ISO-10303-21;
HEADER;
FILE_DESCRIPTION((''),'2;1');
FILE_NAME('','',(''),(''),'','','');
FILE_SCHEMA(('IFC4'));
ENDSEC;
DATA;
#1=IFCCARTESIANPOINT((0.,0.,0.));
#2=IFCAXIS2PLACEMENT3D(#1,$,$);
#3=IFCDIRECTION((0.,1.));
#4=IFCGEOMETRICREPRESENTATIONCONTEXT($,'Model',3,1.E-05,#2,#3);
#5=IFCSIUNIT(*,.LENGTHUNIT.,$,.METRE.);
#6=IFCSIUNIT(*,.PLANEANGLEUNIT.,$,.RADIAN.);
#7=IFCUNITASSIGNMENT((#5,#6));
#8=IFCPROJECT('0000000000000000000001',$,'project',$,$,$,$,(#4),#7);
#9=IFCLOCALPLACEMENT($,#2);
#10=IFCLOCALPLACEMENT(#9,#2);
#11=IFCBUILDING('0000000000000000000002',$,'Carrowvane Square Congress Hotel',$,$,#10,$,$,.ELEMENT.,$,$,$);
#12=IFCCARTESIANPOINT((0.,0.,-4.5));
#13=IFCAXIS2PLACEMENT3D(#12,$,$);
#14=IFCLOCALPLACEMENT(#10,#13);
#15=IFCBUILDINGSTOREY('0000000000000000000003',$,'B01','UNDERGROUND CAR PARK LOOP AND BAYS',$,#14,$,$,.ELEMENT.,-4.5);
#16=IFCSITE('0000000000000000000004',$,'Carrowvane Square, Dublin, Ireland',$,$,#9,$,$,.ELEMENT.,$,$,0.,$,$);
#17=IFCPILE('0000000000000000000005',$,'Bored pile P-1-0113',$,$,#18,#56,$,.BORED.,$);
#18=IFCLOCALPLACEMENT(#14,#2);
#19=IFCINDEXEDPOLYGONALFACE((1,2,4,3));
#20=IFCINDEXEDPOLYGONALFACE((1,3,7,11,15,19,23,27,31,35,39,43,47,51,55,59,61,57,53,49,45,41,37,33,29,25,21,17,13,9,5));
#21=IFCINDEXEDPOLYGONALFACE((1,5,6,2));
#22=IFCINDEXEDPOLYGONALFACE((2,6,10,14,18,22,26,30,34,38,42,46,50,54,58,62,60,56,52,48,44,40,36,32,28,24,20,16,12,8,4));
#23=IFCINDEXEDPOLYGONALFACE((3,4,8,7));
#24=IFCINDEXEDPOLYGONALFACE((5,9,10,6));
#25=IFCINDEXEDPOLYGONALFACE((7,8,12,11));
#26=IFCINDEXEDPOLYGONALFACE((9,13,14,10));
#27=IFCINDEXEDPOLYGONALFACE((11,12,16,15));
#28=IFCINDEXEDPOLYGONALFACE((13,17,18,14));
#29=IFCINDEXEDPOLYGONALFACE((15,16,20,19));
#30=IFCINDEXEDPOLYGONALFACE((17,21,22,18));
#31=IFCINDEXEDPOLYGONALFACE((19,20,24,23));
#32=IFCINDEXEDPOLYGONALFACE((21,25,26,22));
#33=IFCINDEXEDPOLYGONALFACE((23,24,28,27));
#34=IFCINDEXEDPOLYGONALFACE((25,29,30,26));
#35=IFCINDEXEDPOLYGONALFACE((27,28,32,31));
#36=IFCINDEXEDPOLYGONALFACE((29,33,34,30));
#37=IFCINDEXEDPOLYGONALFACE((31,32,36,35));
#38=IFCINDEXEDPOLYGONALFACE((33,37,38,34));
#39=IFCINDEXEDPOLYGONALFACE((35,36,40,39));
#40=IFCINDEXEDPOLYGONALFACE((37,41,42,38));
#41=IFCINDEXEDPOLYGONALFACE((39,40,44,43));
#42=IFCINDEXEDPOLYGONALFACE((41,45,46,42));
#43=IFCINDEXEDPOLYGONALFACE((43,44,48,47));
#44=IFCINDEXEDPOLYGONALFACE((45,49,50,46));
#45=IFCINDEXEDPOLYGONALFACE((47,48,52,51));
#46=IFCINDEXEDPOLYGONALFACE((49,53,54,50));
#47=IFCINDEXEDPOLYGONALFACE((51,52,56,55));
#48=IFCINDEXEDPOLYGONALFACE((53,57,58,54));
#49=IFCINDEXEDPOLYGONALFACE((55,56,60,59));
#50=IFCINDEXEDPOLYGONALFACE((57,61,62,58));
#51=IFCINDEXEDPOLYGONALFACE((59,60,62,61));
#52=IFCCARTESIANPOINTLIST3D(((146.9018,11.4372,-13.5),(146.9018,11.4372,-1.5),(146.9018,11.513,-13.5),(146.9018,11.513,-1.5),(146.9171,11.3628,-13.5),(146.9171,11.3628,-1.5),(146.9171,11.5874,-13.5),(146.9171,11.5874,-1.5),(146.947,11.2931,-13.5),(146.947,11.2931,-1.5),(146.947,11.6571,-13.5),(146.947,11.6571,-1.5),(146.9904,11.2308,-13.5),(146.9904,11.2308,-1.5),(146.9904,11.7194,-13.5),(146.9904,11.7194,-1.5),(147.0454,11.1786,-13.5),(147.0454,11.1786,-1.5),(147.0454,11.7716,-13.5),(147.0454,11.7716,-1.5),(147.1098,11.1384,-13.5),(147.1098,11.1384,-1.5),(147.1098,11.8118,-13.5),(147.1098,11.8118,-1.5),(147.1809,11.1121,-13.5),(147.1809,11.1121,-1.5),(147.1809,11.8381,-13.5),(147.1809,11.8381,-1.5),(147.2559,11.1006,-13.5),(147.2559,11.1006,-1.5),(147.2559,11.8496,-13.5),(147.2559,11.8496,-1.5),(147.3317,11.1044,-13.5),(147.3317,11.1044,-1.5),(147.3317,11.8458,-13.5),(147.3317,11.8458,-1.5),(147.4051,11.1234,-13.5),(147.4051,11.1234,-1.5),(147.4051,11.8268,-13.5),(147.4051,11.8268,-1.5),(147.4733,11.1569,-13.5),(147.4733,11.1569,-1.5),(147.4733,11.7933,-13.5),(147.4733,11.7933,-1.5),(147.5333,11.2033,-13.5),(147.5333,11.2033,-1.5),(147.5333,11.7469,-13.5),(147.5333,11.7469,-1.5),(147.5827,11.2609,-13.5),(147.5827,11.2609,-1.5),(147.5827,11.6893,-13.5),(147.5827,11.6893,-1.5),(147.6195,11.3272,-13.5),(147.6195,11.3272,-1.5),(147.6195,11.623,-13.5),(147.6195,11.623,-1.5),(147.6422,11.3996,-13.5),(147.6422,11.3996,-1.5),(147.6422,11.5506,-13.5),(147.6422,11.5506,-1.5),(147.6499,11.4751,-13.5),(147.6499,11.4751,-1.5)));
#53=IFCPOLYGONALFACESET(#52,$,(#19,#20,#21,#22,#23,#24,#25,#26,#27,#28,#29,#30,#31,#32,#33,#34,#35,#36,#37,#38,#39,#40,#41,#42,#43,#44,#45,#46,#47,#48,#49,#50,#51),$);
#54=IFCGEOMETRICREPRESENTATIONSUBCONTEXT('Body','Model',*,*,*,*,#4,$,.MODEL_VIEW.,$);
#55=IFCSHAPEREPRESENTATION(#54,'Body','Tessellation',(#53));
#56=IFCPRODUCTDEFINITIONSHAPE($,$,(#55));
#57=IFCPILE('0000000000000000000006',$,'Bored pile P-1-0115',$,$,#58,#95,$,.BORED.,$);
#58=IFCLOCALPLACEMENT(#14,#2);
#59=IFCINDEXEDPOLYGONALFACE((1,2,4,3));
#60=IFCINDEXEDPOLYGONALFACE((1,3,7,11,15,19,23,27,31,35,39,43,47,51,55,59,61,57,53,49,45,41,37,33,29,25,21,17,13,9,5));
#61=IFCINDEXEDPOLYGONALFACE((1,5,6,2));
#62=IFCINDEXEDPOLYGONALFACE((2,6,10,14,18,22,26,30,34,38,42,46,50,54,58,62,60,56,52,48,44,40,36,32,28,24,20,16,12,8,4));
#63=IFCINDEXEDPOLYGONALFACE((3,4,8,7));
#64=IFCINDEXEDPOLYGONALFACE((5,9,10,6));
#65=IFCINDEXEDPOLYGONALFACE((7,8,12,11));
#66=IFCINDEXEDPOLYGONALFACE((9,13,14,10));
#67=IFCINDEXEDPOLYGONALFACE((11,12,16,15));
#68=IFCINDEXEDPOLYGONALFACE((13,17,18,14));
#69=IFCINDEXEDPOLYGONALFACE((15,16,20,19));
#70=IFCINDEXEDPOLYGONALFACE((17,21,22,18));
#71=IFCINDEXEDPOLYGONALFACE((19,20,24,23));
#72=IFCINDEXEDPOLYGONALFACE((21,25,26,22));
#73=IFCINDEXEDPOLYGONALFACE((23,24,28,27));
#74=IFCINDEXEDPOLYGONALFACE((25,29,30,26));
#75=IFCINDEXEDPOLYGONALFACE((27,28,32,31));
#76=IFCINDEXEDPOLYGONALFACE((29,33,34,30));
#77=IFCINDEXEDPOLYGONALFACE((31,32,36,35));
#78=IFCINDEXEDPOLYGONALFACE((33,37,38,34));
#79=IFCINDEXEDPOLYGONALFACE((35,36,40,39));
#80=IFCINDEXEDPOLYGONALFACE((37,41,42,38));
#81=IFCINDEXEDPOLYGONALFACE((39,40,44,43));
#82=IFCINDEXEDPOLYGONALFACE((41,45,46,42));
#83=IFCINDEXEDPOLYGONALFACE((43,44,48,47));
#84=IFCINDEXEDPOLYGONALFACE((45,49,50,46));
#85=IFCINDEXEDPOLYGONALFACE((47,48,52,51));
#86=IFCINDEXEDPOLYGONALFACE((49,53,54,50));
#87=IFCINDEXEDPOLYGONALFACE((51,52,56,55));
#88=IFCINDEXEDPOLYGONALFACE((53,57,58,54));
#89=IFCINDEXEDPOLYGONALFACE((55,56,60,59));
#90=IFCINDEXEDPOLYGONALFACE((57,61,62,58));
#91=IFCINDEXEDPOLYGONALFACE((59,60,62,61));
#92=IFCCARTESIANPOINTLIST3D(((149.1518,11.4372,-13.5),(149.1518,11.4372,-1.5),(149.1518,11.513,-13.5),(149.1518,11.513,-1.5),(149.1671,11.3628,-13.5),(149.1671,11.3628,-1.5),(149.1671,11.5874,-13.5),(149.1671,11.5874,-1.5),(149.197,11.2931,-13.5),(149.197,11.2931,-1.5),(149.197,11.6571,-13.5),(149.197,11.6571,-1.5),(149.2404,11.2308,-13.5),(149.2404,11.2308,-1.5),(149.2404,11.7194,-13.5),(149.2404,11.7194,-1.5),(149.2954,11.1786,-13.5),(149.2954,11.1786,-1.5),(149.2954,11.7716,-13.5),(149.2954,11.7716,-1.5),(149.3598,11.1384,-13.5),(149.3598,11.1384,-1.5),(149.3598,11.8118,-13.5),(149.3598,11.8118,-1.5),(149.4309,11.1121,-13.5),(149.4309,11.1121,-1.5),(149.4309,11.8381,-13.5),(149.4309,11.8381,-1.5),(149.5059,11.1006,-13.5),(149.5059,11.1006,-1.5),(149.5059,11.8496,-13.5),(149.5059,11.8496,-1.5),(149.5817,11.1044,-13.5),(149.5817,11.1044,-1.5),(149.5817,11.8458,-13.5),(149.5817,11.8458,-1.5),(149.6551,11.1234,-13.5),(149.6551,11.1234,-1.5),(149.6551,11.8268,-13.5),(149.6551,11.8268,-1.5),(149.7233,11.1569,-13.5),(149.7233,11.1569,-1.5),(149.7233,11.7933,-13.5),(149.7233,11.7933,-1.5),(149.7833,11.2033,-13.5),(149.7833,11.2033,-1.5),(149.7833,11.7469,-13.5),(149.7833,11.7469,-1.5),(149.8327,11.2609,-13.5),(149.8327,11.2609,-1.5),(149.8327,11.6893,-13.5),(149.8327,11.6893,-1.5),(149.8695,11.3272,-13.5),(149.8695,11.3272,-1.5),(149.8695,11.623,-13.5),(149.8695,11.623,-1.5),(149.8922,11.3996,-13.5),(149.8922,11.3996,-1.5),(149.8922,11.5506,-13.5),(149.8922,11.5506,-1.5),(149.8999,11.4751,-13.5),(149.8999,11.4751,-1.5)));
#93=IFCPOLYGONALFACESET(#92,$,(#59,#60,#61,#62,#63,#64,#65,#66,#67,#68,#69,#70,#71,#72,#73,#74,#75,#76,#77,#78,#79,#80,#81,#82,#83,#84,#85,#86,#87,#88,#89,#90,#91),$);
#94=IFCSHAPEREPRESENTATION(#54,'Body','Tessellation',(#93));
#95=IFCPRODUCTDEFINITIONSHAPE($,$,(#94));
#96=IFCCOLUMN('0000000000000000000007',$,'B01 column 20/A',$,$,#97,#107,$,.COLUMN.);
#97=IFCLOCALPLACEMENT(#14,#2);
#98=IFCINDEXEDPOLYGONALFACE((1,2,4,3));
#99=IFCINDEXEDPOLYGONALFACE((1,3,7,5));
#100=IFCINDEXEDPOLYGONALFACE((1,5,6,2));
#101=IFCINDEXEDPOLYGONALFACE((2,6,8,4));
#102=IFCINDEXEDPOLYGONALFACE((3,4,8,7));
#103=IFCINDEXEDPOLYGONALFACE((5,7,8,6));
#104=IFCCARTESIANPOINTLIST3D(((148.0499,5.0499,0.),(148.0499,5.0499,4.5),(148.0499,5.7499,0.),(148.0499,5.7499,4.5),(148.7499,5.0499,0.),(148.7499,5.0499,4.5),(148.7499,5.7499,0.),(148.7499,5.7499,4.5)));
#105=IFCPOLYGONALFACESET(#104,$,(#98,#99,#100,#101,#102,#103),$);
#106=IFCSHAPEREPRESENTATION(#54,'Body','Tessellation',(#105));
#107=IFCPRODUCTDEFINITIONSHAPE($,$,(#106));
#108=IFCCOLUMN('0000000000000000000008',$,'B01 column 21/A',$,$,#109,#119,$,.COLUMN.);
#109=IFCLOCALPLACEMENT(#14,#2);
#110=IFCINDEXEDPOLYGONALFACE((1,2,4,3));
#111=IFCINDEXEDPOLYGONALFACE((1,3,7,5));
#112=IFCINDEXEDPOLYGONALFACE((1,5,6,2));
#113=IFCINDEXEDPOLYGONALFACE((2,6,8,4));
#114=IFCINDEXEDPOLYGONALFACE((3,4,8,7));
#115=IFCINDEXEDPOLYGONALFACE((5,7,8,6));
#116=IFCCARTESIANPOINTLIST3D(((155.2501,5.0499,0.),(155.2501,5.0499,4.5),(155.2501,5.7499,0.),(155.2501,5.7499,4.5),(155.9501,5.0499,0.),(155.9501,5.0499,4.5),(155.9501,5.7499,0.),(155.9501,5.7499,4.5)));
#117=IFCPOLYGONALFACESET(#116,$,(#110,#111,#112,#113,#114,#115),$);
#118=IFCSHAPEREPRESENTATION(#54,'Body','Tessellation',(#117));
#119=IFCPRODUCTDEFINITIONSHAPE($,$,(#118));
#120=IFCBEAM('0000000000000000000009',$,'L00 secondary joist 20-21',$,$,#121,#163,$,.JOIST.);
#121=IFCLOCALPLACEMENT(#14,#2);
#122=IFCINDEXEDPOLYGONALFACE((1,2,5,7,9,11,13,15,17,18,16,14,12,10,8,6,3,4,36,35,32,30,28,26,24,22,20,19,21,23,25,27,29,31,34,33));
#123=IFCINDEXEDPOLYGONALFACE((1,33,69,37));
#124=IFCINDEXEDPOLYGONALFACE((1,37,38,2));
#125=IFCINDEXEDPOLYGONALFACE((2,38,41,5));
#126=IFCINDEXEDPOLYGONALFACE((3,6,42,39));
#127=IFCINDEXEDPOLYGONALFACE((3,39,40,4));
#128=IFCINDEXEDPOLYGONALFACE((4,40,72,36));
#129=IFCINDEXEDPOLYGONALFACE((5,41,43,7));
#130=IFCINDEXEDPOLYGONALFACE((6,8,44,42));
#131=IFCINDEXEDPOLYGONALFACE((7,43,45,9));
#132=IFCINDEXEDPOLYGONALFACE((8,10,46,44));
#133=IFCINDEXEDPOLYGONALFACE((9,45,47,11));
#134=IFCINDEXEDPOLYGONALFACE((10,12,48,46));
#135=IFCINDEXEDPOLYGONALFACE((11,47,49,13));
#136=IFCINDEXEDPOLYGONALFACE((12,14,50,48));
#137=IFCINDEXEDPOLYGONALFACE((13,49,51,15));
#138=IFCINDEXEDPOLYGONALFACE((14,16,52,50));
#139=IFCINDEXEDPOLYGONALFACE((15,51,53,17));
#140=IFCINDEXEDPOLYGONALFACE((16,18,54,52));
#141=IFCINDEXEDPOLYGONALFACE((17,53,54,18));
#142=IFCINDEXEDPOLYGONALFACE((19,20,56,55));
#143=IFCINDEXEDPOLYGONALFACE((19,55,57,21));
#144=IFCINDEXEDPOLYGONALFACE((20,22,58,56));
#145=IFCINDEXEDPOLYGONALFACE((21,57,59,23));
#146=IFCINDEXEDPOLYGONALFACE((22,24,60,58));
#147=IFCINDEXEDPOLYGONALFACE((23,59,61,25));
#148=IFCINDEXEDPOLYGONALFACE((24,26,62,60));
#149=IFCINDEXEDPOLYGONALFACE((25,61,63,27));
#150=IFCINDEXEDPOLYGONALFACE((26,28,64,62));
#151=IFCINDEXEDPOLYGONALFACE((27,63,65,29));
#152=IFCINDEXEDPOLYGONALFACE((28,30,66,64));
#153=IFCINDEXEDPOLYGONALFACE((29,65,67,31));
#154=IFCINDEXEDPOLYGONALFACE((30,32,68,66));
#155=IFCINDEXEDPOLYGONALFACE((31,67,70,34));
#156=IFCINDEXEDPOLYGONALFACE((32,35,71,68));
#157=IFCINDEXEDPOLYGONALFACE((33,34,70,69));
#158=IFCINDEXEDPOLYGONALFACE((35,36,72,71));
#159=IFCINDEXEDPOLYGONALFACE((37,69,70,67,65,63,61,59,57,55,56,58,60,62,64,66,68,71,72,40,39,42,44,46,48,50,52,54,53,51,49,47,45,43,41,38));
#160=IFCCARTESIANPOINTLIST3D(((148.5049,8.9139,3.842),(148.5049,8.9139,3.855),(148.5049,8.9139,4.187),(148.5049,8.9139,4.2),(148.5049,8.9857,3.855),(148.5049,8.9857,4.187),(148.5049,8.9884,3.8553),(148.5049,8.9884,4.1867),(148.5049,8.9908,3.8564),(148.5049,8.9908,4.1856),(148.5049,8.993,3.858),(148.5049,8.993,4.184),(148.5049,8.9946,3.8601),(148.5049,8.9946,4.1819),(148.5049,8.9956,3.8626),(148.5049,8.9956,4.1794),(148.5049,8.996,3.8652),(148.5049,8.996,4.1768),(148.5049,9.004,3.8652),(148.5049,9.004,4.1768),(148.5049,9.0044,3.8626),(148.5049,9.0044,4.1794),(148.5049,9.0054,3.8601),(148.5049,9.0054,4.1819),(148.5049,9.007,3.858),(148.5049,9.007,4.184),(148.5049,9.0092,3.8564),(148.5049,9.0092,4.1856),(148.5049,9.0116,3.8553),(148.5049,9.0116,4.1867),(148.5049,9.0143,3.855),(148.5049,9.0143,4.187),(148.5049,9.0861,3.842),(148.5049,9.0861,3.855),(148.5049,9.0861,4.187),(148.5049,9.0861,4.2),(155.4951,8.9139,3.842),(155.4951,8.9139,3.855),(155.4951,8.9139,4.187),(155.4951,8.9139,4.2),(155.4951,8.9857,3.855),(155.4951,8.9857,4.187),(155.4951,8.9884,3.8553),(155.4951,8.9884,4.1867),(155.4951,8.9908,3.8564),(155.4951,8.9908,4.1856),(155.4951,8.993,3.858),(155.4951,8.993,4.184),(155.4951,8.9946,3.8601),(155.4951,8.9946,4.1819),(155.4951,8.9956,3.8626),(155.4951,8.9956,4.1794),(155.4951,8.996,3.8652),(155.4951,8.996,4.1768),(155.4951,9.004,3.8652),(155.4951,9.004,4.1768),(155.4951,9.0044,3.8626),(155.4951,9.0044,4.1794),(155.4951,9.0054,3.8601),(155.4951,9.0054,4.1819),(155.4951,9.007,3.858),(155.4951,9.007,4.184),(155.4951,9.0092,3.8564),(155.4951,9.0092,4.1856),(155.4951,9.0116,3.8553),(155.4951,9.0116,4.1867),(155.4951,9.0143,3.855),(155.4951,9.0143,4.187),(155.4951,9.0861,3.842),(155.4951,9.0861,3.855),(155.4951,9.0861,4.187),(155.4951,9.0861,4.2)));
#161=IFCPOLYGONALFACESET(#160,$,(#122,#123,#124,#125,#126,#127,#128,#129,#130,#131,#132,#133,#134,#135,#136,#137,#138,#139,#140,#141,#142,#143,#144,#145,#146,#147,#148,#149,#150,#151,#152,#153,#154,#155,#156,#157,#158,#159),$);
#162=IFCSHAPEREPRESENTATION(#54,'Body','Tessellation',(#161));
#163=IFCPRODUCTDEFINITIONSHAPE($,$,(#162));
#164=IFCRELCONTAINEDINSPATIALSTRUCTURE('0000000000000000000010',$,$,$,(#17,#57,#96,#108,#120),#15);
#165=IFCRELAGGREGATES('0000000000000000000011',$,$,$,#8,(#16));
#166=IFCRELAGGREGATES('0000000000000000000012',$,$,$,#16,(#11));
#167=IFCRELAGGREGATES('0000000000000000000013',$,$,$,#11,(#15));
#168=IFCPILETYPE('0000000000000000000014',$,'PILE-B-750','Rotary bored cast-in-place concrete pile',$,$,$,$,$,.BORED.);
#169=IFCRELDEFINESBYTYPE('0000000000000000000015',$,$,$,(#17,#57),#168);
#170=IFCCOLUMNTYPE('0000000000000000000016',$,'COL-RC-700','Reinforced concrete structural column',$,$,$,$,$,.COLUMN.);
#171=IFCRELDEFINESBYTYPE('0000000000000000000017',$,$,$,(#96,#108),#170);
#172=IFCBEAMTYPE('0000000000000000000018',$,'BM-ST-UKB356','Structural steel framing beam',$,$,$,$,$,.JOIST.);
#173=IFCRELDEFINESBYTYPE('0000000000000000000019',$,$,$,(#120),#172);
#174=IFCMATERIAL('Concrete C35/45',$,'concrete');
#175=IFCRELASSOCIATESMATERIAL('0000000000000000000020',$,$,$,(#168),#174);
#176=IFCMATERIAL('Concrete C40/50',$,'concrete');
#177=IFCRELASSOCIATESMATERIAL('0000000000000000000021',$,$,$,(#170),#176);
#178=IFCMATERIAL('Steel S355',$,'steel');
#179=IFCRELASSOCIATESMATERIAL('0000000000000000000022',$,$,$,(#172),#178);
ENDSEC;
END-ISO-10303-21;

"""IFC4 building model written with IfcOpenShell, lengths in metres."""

from ifc_helpers import new_model, si_unit, direction, frame, origin, origin_2d, place, context, subcontext, project, spatial, rectangle, circle, i_section, extrude, material, material_profile, profile_set, type_object, element, save


model = new_model("IFC4")

# Units and contexts
model_context = context("Model", 3, precision=1e-05, world=origin(), true_north=direction((0.0, 1.0)))
body_context = subcontext(model_context, "Body", "Model", "MODEL_VIEW")
ifc_project = project(units=[si_unit("LENGTHUNIT", "METRE"), si_unit("PLANEANGLEUNIT", "RADIAN")], contexts=[model_context])

# Site, building, storey
site_placement = place(None, origin())
site = spatial("IfcSite", under=ifc_project, at=site_placement, Name="Carrowvane Square, Dublin, Ireland", CompositionType="ELEMENT", RefElevation=0.0)
building_placement = place(site_placement, origin())
building = spatial("IfcBuilding", under=site, at=building_placement, Name="Carrowvane Square Congress Hotel", CompositionType="ELEMENT")
storey_placement = place(building_placement, frame((0.0, 0.0, -4.5)))
storey = spatial("IfcBuildingStorey", under=building, at=storey_placement, Name="B01", Description="UNDERGROUND CAR PARK LOOP AND BAYS", CompositionType="ELEMENT", Elevation=-4.5)

# Piles
ifc_material_1 = material(Name="Concrete C35/45", Category="concrete")
ifc_material_profile_1 = material_profile(ifc_material_1, circle(Radius=0.375, at=origin_2d()), Name="PILE D750")
ifc_profile_set_1 = profile_set([ifc_material_profile_1], Name="Concrete C35/45")
pile_type = type_object("IfcPileType", Name="PILE-B-750", Description="Rotary bored cast-in-place concrete pile", PredefinedType="BORED", material=ifc_profile_set_1)
for number, where, z_axis, x_axis, name in (
    (1, (147.2749, 11.4751, -1.5), (0.0, 0.0, -1.0), (1.0, 0.0, 0.0), "Bored pile P-1-0113"),
    (2, (149.5249, 11.4751, -1.5), (0.0, 0.0, -1.0), (1.0, 0.0, 0.0), "Bored pile P-1-0115"),
):
    element("IfcPile", number, at=place(storey_placement, frame(where, z_axis=z_axis, x_axis=x_axis)), inside=storey, type_object=pile_type, Name=name, PredefinedType="BORED", context=body_context, shape_type="SweptSolid", body=[
        extrude(circle(Radius=0.375, at=origin_2d()), origin(), (0.0, 0.0, 1.0), 12.0),
    ])

# Columns
ifc_material_2 = material(Name="Concrete C40/50", Category="concrete")
ifc_material_profile_2 = material_profile(ifc_material_2, rectangle(XDim=0.7, YDim=0.7, at=origin_2d()), Name="RC 700x700")
ifc_profile_set_2 = profile_set([ifc_material_profile_2], Name="Concrete C40/50")
column_type = type_object("IfcColumnType", Name="COL-RC-700", Description="Reinforced concrete structural column", PredefinedType="COLUMN", material=ifc_profile_set_2)
for number, where, z_axis, x_axis, name in (
    (3, (148.3999, 5.3999, 0.0), (0.0, 0.0, 1.0), (1.0, 0.0, 0.0), "B01 column 20/A"),
    (4, (155.6001, 5.3999, 0.0), (0.0, 0.0, 1.0), (1.0, 0.0, 0.0), "B01 column 21/A"),
):
    element("IfcColumn", number, at=place(storey_placement, frame(where, z_axis=z_axis, x_axis=x_axis)), inside=storey, type_object=column_type, Name=name, PredefinedType="COLUMN", context=body_context, shape_type="SweptSolid", body=[
        extrude(rectangle(XDim=0.7, YDim=0.7, at=origin_2d()), origin(), (0.0, 0.0, 1.0), 4.5),
    ])

# Beam
ifc_material_3 = material(Name="Steel S355", Category="steel")
ifc_material_profile_3 = material_profile(ifc_material_3, i_section(OverallWidth=0.1721, OverallDepth=0.3579, WebThickness=0.0081, FlangeThickness=0.0129, FilletRadius=0.0103, at=origin_2d()), Name="UKB 356x171x57")
ifc_profile_set_3 = profile_set([ifc_material_profile_3], Name="Steel S355")
beam_type_1 = type_object("IfcBeamType", Name="BM-ST-UKB356", Description="Structural steel framing beam", PredefinedType="JOIST", material=ifc_profile_set_3)
beam_1_placement = place(storey_placement, frame((148.5049, 9.0, 4.021), z_axis=(1.0, 0.0, 0.0), x_axis=(0.0, 1.0, 0.0)))
element("IfcBeam", 5, at=beam_1_placement, inside=storey, type_object=beam_type_1, Name="L00 secondary joist 20-21", PredefinedType="JOIST", context=body_context, shape_type="SweptSolid", body=[
    extrude(i_section(OverallWidth=0.1721, OverallDepth=0.3579, WebThickness=0.0081, FlangeThickness=0.0129, FilletRadius=0.0103, at=origin_2d()), origin(), (0.0, 0.0, 1.0), 6.9902),
])

save(model, "model.ifc")
